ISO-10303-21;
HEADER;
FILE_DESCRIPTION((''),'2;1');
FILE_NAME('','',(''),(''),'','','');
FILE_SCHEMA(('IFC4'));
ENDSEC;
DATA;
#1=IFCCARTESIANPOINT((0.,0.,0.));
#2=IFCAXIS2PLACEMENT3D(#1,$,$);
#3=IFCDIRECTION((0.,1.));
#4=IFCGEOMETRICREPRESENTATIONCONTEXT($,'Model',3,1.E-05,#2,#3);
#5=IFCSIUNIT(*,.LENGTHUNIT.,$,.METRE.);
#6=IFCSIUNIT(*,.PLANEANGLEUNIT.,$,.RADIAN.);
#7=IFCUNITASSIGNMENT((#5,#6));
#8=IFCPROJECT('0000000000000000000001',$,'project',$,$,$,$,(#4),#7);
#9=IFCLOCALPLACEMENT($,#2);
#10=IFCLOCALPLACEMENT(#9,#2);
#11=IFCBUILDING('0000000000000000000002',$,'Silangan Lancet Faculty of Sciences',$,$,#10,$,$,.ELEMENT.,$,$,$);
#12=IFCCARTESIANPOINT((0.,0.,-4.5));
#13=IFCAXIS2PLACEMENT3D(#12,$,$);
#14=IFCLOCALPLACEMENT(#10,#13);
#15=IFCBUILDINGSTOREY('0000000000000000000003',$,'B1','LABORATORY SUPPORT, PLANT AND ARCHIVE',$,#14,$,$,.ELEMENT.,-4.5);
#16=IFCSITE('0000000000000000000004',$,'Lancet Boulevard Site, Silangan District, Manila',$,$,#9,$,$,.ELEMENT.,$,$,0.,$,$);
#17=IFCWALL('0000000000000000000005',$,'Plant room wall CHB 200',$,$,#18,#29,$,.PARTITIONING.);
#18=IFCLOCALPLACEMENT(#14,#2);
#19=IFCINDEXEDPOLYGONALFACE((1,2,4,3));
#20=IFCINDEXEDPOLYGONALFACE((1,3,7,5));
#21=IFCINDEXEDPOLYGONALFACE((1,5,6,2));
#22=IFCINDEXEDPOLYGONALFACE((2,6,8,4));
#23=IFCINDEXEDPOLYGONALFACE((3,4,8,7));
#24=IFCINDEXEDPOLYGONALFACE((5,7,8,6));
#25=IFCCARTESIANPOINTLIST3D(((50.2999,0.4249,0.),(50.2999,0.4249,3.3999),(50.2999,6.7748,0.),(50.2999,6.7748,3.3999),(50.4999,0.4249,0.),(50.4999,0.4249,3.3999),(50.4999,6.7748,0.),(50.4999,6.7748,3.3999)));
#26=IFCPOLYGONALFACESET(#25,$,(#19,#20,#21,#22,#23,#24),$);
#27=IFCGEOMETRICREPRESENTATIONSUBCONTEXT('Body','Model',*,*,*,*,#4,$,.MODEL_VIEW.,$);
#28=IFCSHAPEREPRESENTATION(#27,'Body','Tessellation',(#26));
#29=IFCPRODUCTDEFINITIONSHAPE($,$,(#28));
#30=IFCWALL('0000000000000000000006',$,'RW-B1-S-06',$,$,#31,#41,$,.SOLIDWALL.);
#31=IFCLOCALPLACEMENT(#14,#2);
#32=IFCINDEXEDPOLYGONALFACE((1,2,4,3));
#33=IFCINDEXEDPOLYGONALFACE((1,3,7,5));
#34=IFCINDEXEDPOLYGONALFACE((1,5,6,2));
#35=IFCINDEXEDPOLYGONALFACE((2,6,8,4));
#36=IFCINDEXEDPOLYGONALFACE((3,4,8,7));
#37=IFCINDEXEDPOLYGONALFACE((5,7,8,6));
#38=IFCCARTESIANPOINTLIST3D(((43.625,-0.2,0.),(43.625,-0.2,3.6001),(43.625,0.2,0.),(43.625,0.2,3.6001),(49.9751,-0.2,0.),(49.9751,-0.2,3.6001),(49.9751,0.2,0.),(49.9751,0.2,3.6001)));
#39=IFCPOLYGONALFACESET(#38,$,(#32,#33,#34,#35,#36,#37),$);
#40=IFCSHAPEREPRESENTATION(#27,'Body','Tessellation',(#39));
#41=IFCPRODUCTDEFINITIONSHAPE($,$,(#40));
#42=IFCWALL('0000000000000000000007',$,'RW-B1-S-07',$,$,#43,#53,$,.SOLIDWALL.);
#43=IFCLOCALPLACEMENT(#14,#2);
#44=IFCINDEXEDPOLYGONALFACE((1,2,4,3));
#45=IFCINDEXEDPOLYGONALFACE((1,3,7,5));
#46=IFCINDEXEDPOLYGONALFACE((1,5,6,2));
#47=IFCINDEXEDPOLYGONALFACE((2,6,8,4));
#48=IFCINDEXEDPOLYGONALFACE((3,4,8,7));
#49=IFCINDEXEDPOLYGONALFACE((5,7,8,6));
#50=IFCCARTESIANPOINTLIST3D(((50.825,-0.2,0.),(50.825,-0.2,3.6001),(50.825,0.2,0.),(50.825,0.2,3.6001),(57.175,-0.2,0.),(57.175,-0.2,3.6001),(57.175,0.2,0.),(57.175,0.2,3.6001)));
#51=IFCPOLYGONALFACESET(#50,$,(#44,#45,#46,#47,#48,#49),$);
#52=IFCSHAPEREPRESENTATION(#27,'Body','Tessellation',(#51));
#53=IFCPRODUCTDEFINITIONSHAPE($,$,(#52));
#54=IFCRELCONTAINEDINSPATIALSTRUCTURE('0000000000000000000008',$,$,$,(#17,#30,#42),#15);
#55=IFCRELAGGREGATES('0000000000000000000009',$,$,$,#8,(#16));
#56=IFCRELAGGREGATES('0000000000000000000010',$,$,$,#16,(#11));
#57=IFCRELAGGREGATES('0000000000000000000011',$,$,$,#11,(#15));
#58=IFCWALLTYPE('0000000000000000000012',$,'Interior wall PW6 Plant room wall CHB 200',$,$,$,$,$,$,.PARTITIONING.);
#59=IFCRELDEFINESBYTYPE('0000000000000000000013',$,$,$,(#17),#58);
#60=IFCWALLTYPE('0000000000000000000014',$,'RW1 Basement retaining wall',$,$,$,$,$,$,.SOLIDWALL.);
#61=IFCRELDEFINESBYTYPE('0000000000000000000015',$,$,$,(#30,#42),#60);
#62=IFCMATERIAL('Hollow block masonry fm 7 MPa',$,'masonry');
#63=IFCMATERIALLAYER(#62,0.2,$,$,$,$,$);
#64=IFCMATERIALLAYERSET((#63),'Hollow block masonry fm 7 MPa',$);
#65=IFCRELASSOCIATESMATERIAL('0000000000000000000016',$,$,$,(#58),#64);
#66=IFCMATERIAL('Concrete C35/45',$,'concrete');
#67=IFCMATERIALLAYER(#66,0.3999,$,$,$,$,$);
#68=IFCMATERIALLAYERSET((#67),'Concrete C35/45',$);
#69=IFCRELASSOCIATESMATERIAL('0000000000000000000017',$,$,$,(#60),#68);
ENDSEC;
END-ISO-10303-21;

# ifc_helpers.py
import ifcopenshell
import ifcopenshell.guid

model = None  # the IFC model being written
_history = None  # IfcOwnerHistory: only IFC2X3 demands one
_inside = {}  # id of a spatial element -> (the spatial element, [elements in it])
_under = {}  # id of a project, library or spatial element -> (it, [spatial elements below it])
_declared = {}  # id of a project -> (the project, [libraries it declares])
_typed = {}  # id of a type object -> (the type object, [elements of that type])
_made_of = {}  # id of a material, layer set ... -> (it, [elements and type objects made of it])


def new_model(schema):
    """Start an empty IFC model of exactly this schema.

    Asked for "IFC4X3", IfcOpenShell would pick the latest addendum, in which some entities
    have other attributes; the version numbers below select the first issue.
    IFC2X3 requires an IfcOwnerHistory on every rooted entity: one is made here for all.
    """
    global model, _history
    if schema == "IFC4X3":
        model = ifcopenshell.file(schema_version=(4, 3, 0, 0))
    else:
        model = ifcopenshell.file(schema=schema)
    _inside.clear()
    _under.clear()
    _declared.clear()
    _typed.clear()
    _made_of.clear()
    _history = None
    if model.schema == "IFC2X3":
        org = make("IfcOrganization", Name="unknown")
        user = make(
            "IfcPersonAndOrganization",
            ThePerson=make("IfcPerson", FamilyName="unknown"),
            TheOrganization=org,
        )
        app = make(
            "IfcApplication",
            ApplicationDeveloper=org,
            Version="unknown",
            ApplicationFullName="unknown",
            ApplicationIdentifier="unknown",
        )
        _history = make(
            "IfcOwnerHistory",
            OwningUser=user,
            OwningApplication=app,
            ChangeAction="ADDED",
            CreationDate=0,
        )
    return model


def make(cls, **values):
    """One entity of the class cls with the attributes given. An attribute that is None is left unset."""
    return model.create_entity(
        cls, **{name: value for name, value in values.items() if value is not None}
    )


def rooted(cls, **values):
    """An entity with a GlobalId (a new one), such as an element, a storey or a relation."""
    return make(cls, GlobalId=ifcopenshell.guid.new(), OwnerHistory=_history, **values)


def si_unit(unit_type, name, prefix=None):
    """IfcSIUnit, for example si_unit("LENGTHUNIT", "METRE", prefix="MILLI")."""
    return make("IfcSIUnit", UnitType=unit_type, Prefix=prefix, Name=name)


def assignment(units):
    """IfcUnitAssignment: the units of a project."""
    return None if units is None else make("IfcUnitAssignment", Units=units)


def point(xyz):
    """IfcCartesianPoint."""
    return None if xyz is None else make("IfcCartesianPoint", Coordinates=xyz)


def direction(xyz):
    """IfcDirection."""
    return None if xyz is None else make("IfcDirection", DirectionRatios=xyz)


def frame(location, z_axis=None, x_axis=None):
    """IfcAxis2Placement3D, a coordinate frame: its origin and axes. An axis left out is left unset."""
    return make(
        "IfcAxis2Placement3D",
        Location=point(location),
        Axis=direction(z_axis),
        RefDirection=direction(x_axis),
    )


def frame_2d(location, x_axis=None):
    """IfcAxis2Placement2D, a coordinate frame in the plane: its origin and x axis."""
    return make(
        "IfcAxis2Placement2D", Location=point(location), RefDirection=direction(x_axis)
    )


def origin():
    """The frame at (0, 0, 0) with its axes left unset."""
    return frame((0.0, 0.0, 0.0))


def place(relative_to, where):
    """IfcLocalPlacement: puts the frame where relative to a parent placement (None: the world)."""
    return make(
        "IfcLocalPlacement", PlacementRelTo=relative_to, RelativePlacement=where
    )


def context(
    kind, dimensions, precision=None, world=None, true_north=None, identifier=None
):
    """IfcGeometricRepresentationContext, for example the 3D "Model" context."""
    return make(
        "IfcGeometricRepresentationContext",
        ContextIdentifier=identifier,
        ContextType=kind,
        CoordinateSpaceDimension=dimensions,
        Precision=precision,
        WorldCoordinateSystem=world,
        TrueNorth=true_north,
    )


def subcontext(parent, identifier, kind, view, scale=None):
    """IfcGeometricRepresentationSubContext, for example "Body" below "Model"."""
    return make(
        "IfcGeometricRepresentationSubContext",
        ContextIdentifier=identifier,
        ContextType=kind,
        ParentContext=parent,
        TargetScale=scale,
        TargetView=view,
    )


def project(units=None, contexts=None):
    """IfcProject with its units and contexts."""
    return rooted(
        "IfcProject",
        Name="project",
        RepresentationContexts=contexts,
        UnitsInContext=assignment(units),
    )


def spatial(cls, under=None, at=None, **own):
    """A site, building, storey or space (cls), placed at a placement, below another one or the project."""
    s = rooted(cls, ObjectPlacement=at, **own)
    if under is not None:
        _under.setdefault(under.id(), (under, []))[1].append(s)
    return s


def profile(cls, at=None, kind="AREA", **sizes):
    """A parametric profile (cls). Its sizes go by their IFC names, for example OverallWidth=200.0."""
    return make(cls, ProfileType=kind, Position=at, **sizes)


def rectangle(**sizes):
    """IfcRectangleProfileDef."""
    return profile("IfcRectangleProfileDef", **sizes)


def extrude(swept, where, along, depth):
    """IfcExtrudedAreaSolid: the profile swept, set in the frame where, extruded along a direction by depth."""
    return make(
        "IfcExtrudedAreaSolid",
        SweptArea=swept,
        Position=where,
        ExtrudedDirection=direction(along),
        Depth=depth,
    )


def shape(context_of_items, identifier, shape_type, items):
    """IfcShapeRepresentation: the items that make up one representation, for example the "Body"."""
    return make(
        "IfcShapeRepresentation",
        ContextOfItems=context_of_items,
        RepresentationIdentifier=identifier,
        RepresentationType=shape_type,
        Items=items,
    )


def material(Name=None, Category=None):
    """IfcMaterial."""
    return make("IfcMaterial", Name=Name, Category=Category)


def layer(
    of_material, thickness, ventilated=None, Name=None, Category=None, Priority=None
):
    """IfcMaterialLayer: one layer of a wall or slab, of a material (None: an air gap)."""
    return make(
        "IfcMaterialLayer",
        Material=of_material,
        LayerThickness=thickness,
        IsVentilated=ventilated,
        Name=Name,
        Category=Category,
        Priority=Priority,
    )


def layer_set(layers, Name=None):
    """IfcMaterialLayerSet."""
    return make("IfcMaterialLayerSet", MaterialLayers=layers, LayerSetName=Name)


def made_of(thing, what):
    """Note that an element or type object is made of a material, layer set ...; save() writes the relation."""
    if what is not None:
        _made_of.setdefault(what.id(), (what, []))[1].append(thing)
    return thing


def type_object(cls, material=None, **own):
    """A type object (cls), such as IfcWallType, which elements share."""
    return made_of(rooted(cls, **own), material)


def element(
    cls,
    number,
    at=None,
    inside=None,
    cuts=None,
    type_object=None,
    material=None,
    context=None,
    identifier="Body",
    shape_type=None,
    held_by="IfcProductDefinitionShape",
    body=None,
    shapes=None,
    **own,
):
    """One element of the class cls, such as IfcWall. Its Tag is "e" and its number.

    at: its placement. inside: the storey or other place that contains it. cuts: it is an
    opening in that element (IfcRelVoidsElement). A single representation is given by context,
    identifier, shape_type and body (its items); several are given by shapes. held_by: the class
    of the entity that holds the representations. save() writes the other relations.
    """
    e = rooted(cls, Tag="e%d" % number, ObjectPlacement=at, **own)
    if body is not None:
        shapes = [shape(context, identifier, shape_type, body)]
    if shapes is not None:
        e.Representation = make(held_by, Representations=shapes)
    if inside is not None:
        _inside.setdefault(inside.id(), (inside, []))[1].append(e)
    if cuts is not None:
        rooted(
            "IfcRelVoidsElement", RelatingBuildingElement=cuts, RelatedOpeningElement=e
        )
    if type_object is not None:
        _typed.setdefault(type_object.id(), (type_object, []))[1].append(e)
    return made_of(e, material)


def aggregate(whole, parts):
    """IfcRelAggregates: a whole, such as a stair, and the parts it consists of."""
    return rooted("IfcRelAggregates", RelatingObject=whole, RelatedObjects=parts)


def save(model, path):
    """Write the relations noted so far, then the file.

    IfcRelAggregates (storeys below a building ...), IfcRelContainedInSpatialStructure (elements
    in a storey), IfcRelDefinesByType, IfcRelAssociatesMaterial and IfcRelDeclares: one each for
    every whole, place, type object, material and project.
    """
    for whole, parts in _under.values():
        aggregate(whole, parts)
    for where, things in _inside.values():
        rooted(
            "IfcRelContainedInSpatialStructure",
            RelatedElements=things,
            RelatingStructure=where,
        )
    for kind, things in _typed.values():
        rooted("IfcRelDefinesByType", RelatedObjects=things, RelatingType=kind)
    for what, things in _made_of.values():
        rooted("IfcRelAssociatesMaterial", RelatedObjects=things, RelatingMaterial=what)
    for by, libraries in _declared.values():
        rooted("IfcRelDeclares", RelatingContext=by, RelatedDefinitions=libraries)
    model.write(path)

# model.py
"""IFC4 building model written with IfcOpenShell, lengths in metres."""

from ifc_helpers import new_model, si_unit, direction, frame, frame_2d, origin, place, context, subcontext, project, spatial, rectangle, extrude, material, layer, layer_set, type_object, element, save


model = new_model("IFC4")

# Units and contexts
model_context = context("Model", 3, precision=1e-05, world=origin(), true_north=direction((0.0, 1.0)))
body_context = subcontext(model_context, "Body", "Model", "MODEL_VIEW")
ifc_project = project(units=[si_unit("LENGTHUNIT", "METRE"), si_unit("PLANEANGLEUNIT", "RADIAN")], contexts=[model_context])

# Site, building, storey
site_placement = place(None, origin())
site = spatial("IfcSite", under=ifc_project, at=site_placement, Name="Lancet Boulevard Site, Silangan District, Manila", CompositionType="ELEMENT", RefElevation=0.0)
building_placement = place(site_placement, origin())
building = spatial("IfcBuilding", under=site, at=building_placement, Name="Silangan Lancet Faculty of Sciences", CompositionType="ELEMENT")
storey_placement = place(building_placement, frame((0.0, 0.0, -4.5)))
storey = spatial("IfcBuildingStorey", under=building, at=storey_placement, Name="B1", Description="LABORATORY SUPPORT, PLANT AND ARCHIVE", CompositionType="ELEMENT", Elevation=-4.5)

# Walls
ifc_material_1 = material(Name="Hollow block masonry fm 7 MPa", Category="masonry")
ifc_layer_1 = layer(ifc_material_1, 0.2)
ifc_layer_set_1 = layer_set([ifc_layer_1], Name="Hollow block masonry fm 7 MPa")
wall_type_1 = type_object("IfcWallType", Name="Interior wall PW6 Plant room wall CHB 200", PredefinedType="PARTITIONING", material=ifc_layer_set_1)
wall_placement = place(storey_placement, frame((50.3999, 0.425, 0.0), z_axis=(0.0, 0.0, 1.0), x_axis=(0.0, 1.0, 0.0)))
element("IfcWall", 1, at=wall_placement, inside=storey, type_object=wall_type_1, Name="Plant room wall CHB 200", PredefinedType="PARTITIONING", context=body_context, shape_type="SweptSolid", body=[
    extrude(rectangle(XDim=6.3499, YDim=0.2, at=frame_2d((3.1748, 0.0))), origin(), (0.0, 0.0, 1.0), 3.3999),
])
ifc_material_2 = material(Name="Concrete C35/45", Category="concrete")
ifc_layer_2 = layer(ifc_material_2, 0.3999)
ifc_layer_set_2 = layer_set([ifc_layer_2], Name="Concrete C35/45")
wall_type_2 = type_object("IfcWallType", Name="RW1 Basement retaining wall", PredefinedType="SOLIDWALL", material=ifc_layer_set_2)
for number, where, z_axis, x_axis, name in (
    (2, (43.625, 0.0, 0.0), (0.0, 0.0, 1.0), (1.0, 0.0, 0.0), "RW-B1-S-06"),
    (3, (50.825, 0.0, 0.0), (0.0, 0.0, 1.0), (1.0, 0.0, 0.0), "RW-B1-S-07"),
):
    element("IfcWall", number, at=place(storey_placement, frame(where, z_axis=z_axis, x_axis=x_axis)), inside=storey, type_object=wall_type_2, Name=name, PredefinedType="SOLIDWALL", context=body_context, shape_type="SweptSolid", body=[
        extrude(rectangle(XDim=6.3501, YDim=0.3999, at=frame_2d((3.175, 0.0))), origin(), (0.0, 0.0, 1.0), 3.6001),
    ])

save(model, "model.ifc")
